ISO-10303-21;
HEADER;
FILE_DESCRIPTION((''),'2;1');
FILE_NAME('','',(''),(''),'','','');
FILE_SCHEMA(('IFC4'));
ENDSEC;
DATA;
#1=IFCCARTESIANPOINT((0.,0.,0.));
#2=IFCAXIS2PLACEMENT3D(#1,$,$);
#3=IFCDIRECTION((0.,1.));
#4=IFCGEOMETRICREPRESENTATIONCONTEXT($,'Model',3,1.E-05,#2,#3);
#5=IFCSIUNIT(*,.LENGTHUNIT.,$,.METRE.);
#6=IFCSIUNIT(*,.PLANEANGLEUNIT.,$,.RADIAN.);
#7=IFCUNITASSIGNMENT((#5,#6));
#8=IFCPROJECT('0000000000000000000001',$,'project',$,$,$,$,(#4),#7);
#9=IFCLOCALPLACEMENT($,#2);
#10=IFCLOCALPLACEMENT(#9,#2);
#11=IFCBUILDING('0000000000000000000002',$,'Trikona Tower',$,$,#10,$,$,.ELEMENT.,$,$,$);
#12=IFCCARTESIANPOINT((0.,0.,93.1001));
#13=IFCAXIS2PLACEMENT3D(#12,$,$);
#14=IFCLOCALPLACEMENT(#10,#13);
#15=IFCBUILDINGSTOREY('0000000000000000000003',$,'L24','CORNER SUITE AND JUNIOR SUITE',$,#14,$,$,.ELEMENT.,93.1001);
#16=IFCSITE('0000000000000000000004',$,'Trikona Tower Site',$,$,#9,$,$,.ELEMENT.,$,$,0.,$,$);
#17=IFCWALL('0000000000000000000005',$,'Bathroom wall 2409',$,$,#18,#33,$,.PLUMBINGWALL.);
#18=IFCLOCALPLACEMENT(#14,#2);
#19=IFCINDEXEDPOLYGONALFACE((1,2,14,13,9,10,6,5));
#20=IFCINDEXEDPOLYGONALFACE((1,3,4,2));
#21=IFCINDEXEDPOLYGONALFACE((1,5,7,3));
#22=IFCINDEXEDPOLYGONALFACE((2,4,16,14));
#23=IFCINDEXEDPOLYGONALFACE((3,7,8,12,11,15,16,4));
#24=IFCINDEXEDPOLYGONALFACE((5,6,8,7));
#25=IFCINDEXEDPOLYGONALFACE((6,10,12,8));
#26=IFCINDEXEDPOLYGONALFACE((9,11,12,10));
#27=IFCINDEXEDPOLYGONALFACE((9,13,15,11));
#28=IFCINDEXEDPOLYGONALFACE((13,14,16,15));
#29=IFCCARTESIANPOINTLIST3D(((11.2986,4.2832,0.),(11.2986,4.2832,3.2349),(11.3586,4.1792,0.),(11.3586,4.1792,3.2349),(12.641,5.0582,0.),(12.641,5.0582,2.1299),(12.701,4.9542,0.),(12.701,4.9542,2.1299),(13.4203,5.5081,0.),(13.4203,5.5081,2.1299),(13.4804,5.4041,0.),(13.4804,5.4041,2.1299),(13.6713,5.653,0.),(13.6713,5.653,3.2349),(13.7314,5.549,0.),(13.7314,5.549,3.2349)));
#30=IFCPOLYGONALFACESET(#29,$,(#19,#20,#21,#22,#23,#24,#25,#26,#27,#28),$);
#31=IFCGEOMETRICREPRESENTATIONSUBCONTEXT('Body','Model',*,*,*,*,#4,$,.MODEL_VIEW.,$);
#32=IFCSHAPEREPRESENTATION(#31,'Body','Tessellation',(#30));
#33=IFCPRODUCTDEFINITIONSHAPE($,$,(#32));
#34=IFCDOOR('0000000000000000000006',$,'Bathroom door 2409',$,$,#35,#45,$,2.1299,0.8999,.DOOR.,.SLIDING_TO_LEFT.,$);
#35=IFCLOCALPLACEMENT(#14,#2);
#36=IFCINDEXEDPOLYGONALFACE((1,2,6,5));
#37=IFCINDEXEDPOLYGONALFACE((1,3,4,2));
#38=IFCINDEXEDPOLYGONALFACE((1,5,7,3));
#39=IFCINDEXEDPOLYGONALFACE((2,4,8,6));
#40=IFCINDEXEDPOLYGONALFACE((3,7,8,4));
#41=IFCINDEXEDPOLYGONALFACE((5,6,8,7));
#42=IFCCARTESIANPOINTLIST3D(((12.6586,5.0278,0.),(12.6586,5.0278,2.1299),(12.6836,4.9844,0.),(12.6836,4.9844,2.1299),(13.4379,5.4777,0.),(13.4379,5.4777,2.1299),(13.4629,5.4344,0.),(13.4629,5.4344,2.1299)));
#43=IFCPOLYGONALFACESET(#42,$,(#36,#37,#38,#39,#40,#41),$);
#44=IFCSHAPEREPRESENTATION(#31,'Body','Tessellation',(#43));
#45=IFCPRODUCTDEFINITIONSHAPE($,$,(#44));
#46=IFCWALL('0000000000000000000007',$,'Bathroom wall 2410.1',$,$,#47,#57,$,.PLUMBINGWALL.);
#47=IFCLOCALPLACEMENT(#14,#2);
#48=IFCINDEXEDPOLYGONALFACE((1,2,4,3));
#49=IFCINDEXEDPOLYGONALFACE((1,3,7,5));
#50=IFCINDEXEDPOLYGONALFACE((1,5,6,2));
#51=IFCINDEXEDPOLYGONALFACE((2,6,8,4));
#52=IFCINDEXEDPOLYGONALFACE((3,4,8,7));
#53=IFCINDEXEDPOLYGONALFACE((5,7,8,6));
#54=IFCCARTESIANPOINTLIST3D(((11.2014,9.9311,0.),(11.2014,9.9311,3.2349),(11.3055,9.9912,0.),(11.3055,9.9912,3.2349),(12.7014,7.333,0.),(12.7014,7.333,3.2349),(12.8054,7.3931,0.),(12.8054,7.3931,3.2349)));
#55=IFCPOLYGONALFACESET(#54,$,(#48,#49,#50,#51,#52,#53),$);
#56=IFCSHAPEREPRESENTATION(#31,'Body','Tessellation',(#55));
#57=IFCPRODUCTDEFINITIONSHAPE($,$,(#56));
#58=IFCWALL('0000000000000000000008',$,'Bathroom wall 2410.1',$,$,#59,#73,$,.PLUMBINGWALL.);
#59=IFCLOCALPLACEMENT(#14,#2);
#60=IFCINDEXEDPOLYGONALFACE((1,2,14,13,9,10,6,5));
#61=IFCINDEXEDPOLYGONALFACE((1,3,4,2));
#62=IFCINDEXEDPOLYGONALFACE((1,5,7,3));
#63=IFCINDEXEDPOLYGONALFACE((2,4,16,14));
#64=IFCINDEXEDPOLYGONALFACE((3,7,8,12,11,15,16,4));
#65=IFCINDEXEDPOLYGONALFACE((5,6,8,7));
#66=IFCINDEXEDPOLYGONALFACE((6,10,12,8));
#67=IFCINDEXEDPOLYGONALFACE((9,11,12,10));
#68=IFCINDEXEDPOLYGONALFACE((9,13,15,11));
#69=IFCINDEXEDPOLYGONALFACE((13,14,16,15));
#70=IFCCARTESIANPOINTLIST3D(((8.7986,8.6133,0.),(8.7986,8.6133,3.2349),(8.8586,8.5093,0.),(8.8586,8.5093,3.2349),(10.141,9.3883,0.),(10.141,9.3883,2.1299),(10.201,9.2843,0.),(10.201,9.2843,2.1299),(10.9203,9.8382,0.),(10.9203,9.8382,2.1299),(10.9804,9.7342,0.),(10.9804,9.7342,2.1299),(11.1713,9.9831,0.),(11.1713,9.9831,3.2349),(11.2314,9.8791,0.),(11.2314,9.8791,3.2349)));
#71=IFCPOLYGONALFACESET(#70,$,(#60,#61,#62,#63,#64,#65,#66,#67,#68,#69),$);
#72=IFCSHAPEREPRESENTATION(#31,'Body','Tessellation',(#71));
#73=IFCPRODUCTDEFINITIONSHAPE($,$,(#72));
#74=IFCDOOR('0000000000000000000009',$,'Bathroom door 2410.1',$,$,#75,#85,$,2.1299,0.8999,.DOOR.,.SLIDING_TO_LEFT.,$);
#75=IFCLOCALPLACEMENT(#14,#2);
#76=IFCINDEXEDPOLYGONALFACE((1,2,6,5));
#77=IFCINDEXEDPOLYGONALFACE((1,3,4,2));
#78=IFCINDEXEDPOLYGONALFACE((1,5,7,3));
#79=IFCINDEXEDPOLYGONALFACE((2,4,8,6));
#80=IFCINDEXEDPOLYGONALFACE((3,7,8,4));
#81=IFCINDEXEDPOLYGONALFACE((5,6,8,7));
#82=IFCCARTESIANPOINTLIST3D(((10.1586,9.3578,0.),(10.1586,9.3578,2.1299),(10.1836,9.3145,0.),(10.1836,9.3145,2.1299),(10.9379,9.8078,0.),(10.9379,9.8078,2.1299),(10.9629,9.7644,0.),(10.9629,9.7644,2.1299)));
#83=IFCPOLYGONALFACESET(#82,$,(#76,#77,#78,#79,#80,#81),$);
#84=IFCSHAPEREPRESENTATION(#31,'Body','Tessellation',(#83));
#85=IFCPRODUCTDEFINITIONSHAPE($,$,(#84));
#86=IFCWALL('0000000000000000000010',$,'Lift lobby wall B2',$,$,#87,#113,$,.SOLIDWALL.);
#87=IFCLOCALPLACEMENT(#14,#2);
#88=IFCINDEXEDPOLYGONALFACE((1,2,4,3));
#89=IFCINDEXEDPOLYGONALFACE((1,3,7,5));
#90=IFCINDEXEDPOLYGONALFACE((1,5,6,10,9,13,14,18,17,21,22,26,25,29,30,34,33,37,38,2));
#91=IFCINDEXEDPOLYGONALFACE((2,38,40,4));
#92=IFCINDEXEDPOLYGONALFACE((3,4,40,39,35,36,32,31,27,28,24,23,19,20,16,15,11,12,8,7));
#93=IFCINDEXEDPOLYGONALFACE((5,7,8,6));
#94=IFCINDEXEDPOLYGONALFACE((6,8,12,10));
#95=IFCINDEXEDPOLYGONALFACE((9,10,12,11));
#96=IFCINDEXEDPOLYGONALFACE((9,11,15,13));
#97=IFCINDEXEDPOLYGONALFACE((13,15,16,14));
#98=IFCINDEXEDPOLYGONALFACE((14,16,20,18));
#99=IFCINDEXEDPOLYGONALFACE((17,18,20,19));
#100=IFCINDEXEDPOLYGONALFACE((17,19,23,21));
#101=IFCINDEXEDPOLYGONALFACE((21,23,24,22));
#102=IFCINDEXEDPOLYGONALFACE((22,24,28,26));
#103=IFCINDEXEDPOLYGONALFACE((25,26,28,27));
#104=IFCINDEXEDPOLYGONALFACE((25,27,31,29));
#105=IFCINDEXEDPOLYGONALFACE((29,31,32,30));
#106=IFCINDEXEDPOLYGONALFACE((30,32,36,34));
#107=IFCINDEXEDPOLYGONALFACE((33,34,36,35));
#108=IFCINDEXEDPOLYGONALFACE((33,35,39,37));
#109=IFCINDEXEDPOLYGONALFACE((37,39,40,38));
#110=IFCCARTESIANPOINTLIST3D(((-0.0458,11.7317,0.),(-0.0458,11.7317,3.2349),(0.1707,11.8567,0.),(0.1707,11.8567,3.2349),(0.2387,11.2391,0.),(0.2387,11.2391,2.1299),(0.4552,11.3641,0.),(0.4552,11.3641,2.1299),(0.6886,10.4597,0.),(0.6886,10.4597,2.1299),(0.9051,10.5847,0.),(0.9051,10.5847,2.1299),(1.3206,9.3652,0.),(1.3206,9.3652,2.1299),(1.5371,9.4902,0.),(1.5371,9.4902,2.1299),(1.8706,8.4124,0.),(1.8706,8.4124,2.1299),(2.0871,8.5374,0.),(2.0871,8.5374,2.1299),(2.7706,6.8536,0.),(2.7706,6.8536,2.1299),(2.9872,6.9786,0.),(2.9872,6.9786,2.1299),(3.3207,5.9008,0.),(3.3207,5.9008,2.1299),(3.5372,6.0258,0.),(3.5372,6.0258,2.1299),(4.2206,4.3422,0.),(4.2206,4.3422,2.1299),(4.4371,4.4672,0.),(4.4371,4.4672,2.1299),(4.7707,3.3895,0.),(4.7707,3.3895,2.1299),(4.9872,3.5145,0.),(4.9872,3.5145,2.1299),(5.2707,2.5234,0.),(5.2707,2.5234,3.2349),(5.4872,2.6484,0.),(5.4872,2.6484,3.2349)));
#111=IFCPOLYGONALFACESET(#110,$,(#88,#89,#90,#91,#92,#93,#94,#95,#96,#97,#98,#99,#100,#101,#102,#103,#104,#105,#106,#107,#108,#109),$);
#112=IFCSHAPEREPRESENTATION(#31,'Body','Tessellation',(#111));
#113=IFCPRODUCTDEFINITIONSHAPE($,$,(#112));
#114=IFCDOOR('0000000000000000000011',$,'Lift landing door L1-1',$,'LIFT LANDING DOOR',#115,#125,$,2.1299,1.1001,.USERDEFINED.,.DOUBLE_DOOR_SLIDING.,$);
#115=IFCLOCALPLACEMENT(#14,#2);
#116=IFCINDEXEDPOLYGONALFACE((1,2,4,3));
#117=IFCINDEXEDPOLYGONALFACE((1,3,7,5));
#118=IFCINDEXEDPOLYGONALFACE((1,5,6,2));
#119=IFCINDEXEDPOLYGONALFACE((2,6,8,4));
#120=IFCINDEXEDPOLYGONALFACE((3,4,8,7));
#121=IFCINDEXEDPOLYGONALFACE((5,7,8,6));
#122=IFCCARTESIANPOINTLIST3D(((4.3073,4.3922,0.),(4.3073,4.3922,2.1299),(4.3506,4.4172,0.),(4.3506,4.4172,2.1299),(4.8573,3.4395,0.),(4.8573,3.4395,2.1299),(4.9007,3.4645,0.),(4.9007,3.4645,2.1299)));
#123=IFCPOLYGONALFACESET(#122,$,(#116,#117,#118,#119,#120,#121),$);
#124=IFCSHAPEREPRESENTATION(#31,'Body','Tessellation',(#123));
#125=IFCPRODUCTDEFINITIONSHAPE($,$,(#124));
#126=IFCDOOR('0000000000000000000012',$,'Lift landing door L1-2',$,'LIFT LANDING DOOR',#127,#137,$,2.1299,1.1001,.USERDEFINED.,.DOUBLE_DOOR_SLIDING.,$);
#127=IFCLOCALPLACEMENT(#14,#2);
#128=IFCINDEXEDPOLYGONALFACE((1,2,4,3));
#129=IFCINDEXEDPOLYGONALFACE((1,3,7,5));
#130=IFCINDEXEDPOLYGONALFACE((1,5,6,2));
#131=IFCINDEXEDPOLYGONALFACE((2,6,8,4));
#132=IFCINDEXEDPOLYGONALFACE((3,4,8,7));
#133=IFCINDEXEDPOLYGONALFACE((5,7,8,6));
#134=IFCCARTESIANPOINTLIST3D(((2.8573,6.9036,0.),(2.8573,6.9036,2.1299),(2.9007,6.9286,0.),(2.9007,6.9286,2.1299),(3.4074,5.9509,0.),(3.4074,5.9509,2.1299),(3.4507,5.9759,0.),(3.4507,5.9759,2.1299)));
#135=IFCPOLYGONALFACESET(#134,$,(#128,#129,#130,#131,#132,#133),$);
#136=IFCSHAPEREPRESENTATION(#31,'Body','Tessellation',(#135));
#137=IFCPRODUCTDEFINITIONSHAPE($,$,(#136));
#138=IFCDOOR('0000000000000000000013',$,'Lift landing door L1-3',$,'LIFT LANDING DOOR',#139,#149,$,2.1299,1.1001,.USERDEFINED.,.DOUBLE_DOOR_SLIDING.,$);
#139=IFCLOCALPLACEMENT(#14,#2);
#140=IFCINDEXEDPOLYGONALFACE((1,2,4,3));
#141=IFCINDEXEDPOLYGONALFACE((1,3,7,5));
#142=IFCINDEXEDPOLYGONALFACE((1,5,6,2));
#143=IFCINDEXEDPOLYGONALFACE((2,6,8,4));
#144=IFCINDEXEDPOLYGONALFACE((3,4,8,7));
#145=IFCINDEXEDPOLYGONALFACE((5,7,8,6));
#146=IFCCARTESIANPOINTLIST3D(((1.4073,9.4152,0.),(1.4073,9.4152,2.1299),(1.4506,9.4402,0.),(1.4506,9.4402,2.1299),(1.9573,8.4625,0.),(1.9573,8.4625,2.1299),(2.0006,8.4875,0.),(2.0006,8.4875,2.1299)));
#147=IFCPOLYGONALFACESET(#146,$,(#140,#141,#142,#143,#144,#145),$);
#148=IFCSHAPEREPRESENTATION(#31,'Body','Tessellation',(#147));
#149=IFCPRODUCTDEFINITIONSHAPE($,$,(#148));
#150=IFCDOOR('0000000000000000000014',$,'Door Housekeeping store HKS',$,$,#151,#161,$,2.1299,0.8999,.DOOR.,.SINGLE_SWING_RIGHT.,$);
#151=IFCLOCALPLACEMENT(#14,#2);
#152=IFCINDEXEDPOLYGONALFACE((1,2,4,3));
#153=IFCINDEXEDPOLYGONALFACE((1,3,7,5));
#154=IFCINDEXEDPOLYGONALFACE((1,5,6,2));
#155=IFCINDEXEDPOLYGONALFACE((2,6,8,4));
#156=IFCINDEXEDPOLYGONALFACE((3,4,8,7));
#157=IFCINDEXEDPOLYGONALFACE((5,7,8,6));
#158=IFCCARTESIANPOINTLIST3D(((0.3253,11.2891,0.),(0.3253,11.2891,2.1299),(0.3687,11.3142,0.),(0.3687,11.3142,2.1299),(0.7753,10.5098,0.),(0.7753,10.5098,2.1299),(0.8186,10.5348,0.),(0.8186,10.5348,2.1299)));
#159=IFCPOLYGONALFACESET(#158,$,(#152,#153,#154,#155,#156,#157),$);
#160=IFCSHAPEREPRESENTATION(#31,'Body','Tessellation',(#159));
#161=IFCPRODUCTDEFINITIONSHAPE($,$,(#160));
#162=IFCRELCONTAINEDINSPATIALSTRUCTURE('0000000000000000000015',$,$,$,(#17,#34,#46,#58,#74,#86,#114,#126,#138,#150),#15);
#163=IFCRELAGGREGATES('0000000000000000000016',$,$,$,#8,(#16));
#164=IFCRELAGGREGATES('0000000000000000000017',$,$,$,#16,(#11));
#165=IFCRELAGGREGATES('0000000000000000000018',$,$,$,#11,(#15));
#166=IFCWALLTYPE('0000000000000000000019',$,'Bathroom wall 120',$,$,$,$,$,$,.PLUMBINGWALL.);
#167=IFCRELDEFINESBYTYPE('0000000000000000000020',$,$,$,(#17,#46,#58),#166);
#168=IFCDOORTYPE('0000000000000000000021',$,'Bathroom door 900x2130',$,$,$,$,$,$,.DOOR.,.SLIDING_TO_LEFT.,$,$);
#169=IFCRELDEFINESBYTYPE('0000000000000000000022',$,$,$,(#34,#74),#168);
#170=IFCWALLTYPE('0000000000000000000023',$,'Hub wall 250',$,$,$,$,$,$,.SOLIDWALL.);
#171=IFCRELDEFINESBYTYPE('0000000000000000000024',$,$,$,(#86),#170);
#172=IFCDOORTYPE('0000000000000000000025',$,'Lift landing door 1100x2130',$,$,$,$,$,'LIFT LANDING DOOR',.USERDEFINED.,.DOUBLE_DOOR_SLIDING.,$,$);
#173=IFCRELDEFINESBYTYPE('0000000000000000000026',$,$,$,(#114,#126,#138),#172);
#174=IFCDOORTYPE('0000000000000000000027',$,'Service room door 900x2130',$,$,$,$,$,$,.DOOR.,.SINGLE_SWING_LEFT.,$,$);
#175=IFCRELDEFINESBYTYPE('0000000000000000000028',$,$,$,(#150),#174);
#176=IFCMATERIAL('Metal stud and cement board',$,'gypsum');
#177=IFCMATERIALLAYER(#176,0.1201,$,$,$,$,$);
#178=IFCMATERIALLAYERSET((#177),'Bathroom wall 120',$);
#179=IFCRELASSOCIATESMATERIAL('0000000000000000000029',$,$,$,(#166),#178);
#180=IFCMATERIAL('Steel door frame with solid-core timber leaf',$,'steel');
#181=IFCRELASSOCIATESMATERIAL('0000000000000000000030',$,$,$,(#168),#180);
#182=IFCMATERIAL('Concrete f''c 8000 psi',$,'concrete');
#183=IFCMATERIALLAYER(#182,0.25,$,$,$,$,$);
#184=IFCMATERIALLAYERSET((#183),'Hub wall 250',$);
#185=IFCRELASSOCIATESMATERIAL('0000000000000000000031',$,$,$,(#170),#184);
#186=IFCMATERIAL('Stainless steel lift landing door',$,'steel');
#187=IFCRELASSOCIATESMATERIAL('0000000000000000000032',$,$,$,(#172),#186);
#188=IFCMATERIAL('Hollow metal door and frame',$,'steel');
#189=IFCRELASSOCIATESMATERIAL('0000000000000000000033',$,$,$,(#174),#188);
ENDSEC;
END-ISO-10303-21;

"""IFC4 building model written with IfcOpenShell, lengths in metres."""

from ifc_helpers import new_model, si_unit, direction, frame, frame_2d, origin, place, context, subcontext, project, spatial, rectangle, extrude, material, layer, layer_set, type_object, element, fill, save


model = new_model("IFC4")

# Units and contexts
model_context = context("Model", 3, precision=1e-05, world=origin(), true_north=direction((0.0, 1.0)))
body_context = subcontext(model_context, "Body", "Model", "MODEL_VIEW")
ifc_project = project(units=[si_unit("LENGTHUNIT", "METRE"), si_unit("PLANEANGLEUNIT", "RADIAN")], contexts=[model_context])

# Site, building, storey
site_placement = place(None, origin())
site = spatial("IfcSite", under=ifc_project, at=site_placement, Name="Trikona Tower Site", CompositionType="ELEMENT", RefElevation=0.0)
building_placement = place(site_placement, origin())
building = spatial("IfcBuilding", under=site, at=building_placement, Name="Trikona Tower", CompositionType="ELEMENT")
storey_placement = place(building_placement, frame((0.0, 0.0, 93.1001)))
storey = spatial("IfcBuildingStorey", under=building, at=storey_placement, Name="L24", Description="CORNER SUITE AND JUNIOR SUITE", CompositionType="ELEMENT", Elevation=93.1001)

# Shared definitions
ifc_material_1 = material(Name="Metal stud and cement board", Category="gypsum")
ifc_layer_1 = layer(ifc_material_1, 0.1201)
ifc_layer_set_1 = layer_set([ifc_layer_1], Name="Bathroom wall 120")
wall_type_1 = type_object("IfcWallType", Name="Bathroom wall 120", PredefinedType="PLUMBINGWALL", material=ifc_layer_set_1)

# Wall, opening, door
wall_1_placement = place(storey_placement, frame((11.3286, 4.2312, 0.0), z_axis=(0.0, 0.0, 1.0), x_axis=(0.866036, 0.499982, 0.0)))
wall_1 = element("IfcWall", 1, at=wall_1_placement, inside=storey, type_object=wall_type_1, Name="Bathroom wall 2409", PredefinedType="PLUMBINGWALL", context=body_context, shape_type="SweptSolid", body=[
    extrude(rectangle(XDim=2.7397, YDim=0.1201, at=frame_2d((1.3699, 0.0))), origin(), (0.0, 0.0, 1.0), 3.2349),
])
opening_1_placement = place(wall_1_placement, frame((1.55, 0.0, 0.0)))
opening_1 = element("IfcOpeningElement", 2, at=opening_1_placement, cuts=wall_1, PredefinedType="OPENING", context=body_context, shape_type="SweptSolid", body=[
    extrude(rectangle(XDim=0.8999, YDim=2.1299, at=frame_2d((0.45, 1.0649))), frame((0.0, 0.0701, 0.0), z_axis=(0.0, -1.0, 0.0), x_axis=(1.0, 0.0, 0.0)), (0.0, 0.0, 1.0), 0.1401),
])
ifc_material_2 = material(Name="Steel door frame with solid-core timber leaf", Category="steel")
door_type_1 = type_object("IfcDoorType", Name="Bathroom door 900x2130", OperationType="SLIDING_TO_LEFT", PredefinedType="DOOR", material=ifc_material_2)
door_1_placement = place(opening_1_placement, origin())
door_1 = element("IfcDoor", 3, at=door_1_placement, inside=storey, type_object=door_type_1, Name="Bathroom door 2409", OperationType="SLIDING_TO_LEFT", OverallHeight=2.1299, OverallWidth=0.8999, PredefinedType="DOOR", context=body_context, shape_type="SweptSolid", body=[
    extrude(rectangle(XDim=0.8999, YDim=2.1299, at=frame_2d((0.45, 1.0649))), frame((0.0, 0.0249, 0.0), z_axis=(0.0, -1.0, 0.0), x_axis=(1.0, 0.0, 0.0)), (0.0, 0.0, 1.0), 0.05),
])
fill(opening_1, door_1)

# Wall
wall_2_placement = place(storey_placement, frame((12.7534, 7.363, 0.0), z_axis=(0.0, 0.0, 1.0), x_axis=(-0.49999, 0.866031, 0.0)))
element("IfcWall", 4, at=wall_2_placement, inside=storey, type_object=wall_type_1, Name="Bathroom wall 2410.1", PredefinedType="PLUMBINGWALL", context=body_context, shape_type="SweptSolid", body=[
    extrude(rectangle(XDim=3.0, YDim=0.1201, at=frame_2d((1.5, 0.0))), origin(), (0.0, 0.0, 1.0), 3.2349),
])

# Wall, opening, door
wall_3_placement = place(storey_placement, frame((8.8286, 8.5613, 0.0), z_axis=(0.0, 0.0, 1.0), x_axis=(0.866036, 0.499982, 0.0)))
wall_3 = element("IfcWall", 5, at=wall_3_placement, inside=storey, type_object=wall_type_1, Name="Bathroom wall 2410.1", PredefinedType="PLUMBINGWALL", context=body_context, shape_type="SweptSolid", body=[
    extrude(rectangle(XDim=2.7397, YDim=0.1201, at=frame_2d((1.3699, 0.0))), origin(), (0.0, 0.0, 1.0), 3.2349),
])
opening_2_placement = place(wall_3_placement, frame((1.55, 0.0, 0.0)))
opening_2 = element("IfcOpeningElement", 6, at=opening_2_placement, cuts=wall_3, PredefinedType="OPENING", context=body_context, shape_type="SweptSolid", body=[
    extrude(rectangle(XDim=0.8999, YDim=2.1299, at=frame_2d((0.45, 1.0649))), frame((0.0, 0.0701, 0.0), z_axis=(0.0, -1.0, 0.0), x_axis=(1.0, 0.0, 0.0)), (0.0, 0.0, 1.0), 0.1401),
])
door_2_placement = place(opening_2_placement, origin())
door_2 = element("IfcDoor", 7, at=door_2_placement, inside=storey, type_object=door_type_1, Name="Bathroom door 2410.1", OperationType="SLIDING_TO_LEFT", OverallHeight=2.1299, OverallWidth=0.8999, PredefinedType="DOOR", context=body_context, shape_type="SweptSolid", body=[
    extrude(rectangle(XDim=0.8999, YDim=2.1299, at=frame_2d((0.45, 1.0649))), frame((0.0, 0.0249, 0.0), z_axis=(0.0, -1.0, 0.0), x_axis=(1.0, 0.0, 0.0)), (0.0, 0.0, 1.0), 0.05),
])
fill(opening_2, door_2)

# Wall, openings, doors
ifc_material_3 = material(Name="Concrete f'c 8000 psi", Category="concrete")
ifc_layer_2 = layer(ifc_material_3, 0.25)
ifc_layer_set_2 = layer_set([ifc_layer_2], Name="Hub wall 250")
wall_type_2 = type_object("IfcWallType", Name="Hub wall 250", PredefinedType="SOLIDWALL", material=ifc_layer_set_2)
wall_4_placement = place(storey_placement, frame((5.3789, 2.5859, 0.0), z_axis=(0.0, 0.0, 1.0), x_axis=(-0.500001, 0.866025, 0.0)))
wall_4 = element("IfcWall", 8, at=wall_4_placement, inside=storey, type_object=wall_type_2, Name="Lift lobby wall B2", PredefinedType="SOLIDWALL", context=body_context, shape_type="SweptSolid", body=[
    extrude(rectangle(XDim=10.6328, YDim=0.25, at=frame_2d((5.3164, 0.0))), origin(), (0.0, 0.0, 1.0), 3.2349),
])
opening_3_placement = place(wall_4_placement, frame((9.1641, 0.0, 0.0)))
opening_3 = element("IfcOpeningElement", 9, at=opening_3_placement, cuts=wall_4, PredefinedType="OPENING", context=body_context, shape_type="SweptSolid", body=[
    extrude(rectangle(XDim=0.8999, YDim=2.1299, at=frame_2d((0.45, 1.0649))), frame((0.0, 0.135, 0.0), z_axis=(0.0, -1.0, 0.0), x_axis=(1.0, 0.0, 0.0)), (0.0, 0.0, 1.0), 0.27),
])
opening_4_placement = place(wall_4_placement, frame((1.0, 0.0, 0.0)))
opening_4 = element("IfcOpeningElement", 10, at=opening_4_placement, cuts=wall_4, PredefinedType="OPENING", context=body_context, shape_type="SweptSolid", body=[
    extrude(rectangle(XDim=1.1001, YDim=2.1299, at=frame_2d((0.55, 1.0649))), frame((0.0, 0.135, 0.0), z_axis=(0.0, -1.0, 0.0), x_axis=(1.0, 0.0, 0.0)), (0.0, 0.0, 1.0), 0.27),
])
opening_5_placement = place(wall_4_placement, frame((3.8999, 0.0, 0.0)))
opening_5 = element("IfcOpeningElement", 11, at=opening_5_placement, cuts=wall_4, PredefinedType="OPENING", context=body_context, shape_type="SweptSolid", body=[
    extrude(rectangle(XDim=1.1001, YDim=2.1299, at=frame_2d((0.55, 1.0649))), frame((0.0, 0.135, 0.0), z_axis=(0.0, -1.0, 0.0), x_axis=(1.0, 0.0, 0.0)), (0.0, 0.0, 1.0), 0.27),
])
opening_6_placement = place(wall_4_placement, frame((6.8, 0.0, 0.0)))
opening_6 = element("IfcOpeningElement", 12, at=opening_6_placement, cuts=wall_4, PredefinedType="OPENING", context=body_context, shape_type="SweptSolid", body=[
    extrude(rectangle(XDim=1.1001, YDim=2.1299, at=frame_2d((0.55, 1.0649))), frame((0.0, 0.135, 0.0), z_axis=(0.0, -1.0, 0.0), x_axis=(1.0, 0.0, 0.0)), (0.0, 0.0, 1.0), 0.27),
])
ifc_material_4 = material(Name="Stainless steel lift landing door", Category="steel")
door_type_2 = type_object("IfcDoorType", Name="Lift landing door 1100x2130", ElementType="LIFT LANDING DOOR", OperationType="DOUBLE_DOOR_SLIDING", PredefinedType="USERDEFINED", material=ifc_material_4)
door_3_placement = place(opening_4_placement, origin())
door_3 = element("IfcDoor", 13, at=door_3_placement, inside=storey, type_object=door_type_2, Name="Lift landing door L1-1", ObjectType="LIFT LANDING DOOR", OperationType="DOUBLE_DOOR_SLIDING", OverallHeight=2.1299, OverallWidth=1.1001, PredefinedType="USERDEFINED", context=body_context, shape_type="SweptSolid", body=[
    extrude(rectangle(XDim=1.1001, YDim=2.1299, at=frame_2d((0.55, 1.0649))), frame((0.0, 0.0249, 0.0), z_axis=(0.0, -1.0, 0.0), x_axis=(1.0, 0.0, 0.0)), (0.0, 0.0, 1.0), 0.05),
])
fill(opening_4, door_3)
door_4_placement = place(opening_5_placement, origin())
door_4 = element("IfcDoor", 14, at=door_4_placement, inside=storey, type_object=door_type_2, Name="Lift landing door L1-2", ObjectType="LIFT LANDING DOOR", OperationType="DOUBLE_DOOR_SLIDING", OverallHeight=2.1299, OverallWidth=1.1001, PredefinedType="USERDEFINED", context=body_context, shape_type="SweptSolid", body=[
    extrude(rectangle(XDim=1.1001, YDim=2.1299, at=frame_2d((0.55, 1.0649))), frame((0.0, 0.0249, 0.0), z_axis=(0.0, -1.0, 0.0), x_axis=(1.0, 0.0, 0.0)), (0.0, 0.0, 1.0), 0.05),
])
fill(opening_5, door_4)
door_5_placement = place(opening_6_placement, origin())
door_5 = element("IfcDoor", 15, at=door_5_placement, inside=storey, type_object=door_type_2, Name="Lift landing door L1-3", ObjectType="LIFT LANDING DOOR", OperationType="DOUBLE_DOOR_SLIDING", OverallHeight=2.1299, OverallWidth=1.1001, PredefinedType="USERDEFINED", context=body_context, shape_type="SweptSolid", body=[
    extrude(rectangle(XDim=1.1001, YDim=2.1299, at=frame_2d((0.55, 1.0649))), frame((0.0, 0.0249, 0.0), z_axis=(0.0, -1.0, 0.0), x_axis=(1.0, 0.0, 0.0)), (0.0, 0.0, 1.0), 0.05),
])
fill(opening_6, door_5)
ifc_material_5 = material(Name="Hollow metal door and frame", Category="steel")
door_type_3 = type_object("IfcDoorType", Name="Service room door 900x2130", OperationType="SINGLE_SWING_LEFT", PredefinedType="DOOR", material=ifc_material_5)
door_6_placement = place(opening_3_placement, origin())
door_6 = element("IfcDoor", 16, at=door_6_placement, inside=storey, type_object=door_type_3, Name="Door Housekeeping store HKS", OperationType="SINGLE_SWING_RIGHT", OverallHeight=2.1299, OverallWidth=0.8999, PredefinedType="DOOR", context=body_context, shape_type="SweptSolid", body=[
    extrude(rectangle(XDim=0.8999, YDim=2.1299, at=frame_2d((0.45, 1.0649))), frame((0.0, 0.0249, 0.0), z_axis=(0.0, -1.0, 0.0), x_axis=(1.0, 0.0, 0.0)), (0.0, 0.0, 1.0), 0.05),
])
fill(opening_3, door_6)

save(model, "model.ifc")
